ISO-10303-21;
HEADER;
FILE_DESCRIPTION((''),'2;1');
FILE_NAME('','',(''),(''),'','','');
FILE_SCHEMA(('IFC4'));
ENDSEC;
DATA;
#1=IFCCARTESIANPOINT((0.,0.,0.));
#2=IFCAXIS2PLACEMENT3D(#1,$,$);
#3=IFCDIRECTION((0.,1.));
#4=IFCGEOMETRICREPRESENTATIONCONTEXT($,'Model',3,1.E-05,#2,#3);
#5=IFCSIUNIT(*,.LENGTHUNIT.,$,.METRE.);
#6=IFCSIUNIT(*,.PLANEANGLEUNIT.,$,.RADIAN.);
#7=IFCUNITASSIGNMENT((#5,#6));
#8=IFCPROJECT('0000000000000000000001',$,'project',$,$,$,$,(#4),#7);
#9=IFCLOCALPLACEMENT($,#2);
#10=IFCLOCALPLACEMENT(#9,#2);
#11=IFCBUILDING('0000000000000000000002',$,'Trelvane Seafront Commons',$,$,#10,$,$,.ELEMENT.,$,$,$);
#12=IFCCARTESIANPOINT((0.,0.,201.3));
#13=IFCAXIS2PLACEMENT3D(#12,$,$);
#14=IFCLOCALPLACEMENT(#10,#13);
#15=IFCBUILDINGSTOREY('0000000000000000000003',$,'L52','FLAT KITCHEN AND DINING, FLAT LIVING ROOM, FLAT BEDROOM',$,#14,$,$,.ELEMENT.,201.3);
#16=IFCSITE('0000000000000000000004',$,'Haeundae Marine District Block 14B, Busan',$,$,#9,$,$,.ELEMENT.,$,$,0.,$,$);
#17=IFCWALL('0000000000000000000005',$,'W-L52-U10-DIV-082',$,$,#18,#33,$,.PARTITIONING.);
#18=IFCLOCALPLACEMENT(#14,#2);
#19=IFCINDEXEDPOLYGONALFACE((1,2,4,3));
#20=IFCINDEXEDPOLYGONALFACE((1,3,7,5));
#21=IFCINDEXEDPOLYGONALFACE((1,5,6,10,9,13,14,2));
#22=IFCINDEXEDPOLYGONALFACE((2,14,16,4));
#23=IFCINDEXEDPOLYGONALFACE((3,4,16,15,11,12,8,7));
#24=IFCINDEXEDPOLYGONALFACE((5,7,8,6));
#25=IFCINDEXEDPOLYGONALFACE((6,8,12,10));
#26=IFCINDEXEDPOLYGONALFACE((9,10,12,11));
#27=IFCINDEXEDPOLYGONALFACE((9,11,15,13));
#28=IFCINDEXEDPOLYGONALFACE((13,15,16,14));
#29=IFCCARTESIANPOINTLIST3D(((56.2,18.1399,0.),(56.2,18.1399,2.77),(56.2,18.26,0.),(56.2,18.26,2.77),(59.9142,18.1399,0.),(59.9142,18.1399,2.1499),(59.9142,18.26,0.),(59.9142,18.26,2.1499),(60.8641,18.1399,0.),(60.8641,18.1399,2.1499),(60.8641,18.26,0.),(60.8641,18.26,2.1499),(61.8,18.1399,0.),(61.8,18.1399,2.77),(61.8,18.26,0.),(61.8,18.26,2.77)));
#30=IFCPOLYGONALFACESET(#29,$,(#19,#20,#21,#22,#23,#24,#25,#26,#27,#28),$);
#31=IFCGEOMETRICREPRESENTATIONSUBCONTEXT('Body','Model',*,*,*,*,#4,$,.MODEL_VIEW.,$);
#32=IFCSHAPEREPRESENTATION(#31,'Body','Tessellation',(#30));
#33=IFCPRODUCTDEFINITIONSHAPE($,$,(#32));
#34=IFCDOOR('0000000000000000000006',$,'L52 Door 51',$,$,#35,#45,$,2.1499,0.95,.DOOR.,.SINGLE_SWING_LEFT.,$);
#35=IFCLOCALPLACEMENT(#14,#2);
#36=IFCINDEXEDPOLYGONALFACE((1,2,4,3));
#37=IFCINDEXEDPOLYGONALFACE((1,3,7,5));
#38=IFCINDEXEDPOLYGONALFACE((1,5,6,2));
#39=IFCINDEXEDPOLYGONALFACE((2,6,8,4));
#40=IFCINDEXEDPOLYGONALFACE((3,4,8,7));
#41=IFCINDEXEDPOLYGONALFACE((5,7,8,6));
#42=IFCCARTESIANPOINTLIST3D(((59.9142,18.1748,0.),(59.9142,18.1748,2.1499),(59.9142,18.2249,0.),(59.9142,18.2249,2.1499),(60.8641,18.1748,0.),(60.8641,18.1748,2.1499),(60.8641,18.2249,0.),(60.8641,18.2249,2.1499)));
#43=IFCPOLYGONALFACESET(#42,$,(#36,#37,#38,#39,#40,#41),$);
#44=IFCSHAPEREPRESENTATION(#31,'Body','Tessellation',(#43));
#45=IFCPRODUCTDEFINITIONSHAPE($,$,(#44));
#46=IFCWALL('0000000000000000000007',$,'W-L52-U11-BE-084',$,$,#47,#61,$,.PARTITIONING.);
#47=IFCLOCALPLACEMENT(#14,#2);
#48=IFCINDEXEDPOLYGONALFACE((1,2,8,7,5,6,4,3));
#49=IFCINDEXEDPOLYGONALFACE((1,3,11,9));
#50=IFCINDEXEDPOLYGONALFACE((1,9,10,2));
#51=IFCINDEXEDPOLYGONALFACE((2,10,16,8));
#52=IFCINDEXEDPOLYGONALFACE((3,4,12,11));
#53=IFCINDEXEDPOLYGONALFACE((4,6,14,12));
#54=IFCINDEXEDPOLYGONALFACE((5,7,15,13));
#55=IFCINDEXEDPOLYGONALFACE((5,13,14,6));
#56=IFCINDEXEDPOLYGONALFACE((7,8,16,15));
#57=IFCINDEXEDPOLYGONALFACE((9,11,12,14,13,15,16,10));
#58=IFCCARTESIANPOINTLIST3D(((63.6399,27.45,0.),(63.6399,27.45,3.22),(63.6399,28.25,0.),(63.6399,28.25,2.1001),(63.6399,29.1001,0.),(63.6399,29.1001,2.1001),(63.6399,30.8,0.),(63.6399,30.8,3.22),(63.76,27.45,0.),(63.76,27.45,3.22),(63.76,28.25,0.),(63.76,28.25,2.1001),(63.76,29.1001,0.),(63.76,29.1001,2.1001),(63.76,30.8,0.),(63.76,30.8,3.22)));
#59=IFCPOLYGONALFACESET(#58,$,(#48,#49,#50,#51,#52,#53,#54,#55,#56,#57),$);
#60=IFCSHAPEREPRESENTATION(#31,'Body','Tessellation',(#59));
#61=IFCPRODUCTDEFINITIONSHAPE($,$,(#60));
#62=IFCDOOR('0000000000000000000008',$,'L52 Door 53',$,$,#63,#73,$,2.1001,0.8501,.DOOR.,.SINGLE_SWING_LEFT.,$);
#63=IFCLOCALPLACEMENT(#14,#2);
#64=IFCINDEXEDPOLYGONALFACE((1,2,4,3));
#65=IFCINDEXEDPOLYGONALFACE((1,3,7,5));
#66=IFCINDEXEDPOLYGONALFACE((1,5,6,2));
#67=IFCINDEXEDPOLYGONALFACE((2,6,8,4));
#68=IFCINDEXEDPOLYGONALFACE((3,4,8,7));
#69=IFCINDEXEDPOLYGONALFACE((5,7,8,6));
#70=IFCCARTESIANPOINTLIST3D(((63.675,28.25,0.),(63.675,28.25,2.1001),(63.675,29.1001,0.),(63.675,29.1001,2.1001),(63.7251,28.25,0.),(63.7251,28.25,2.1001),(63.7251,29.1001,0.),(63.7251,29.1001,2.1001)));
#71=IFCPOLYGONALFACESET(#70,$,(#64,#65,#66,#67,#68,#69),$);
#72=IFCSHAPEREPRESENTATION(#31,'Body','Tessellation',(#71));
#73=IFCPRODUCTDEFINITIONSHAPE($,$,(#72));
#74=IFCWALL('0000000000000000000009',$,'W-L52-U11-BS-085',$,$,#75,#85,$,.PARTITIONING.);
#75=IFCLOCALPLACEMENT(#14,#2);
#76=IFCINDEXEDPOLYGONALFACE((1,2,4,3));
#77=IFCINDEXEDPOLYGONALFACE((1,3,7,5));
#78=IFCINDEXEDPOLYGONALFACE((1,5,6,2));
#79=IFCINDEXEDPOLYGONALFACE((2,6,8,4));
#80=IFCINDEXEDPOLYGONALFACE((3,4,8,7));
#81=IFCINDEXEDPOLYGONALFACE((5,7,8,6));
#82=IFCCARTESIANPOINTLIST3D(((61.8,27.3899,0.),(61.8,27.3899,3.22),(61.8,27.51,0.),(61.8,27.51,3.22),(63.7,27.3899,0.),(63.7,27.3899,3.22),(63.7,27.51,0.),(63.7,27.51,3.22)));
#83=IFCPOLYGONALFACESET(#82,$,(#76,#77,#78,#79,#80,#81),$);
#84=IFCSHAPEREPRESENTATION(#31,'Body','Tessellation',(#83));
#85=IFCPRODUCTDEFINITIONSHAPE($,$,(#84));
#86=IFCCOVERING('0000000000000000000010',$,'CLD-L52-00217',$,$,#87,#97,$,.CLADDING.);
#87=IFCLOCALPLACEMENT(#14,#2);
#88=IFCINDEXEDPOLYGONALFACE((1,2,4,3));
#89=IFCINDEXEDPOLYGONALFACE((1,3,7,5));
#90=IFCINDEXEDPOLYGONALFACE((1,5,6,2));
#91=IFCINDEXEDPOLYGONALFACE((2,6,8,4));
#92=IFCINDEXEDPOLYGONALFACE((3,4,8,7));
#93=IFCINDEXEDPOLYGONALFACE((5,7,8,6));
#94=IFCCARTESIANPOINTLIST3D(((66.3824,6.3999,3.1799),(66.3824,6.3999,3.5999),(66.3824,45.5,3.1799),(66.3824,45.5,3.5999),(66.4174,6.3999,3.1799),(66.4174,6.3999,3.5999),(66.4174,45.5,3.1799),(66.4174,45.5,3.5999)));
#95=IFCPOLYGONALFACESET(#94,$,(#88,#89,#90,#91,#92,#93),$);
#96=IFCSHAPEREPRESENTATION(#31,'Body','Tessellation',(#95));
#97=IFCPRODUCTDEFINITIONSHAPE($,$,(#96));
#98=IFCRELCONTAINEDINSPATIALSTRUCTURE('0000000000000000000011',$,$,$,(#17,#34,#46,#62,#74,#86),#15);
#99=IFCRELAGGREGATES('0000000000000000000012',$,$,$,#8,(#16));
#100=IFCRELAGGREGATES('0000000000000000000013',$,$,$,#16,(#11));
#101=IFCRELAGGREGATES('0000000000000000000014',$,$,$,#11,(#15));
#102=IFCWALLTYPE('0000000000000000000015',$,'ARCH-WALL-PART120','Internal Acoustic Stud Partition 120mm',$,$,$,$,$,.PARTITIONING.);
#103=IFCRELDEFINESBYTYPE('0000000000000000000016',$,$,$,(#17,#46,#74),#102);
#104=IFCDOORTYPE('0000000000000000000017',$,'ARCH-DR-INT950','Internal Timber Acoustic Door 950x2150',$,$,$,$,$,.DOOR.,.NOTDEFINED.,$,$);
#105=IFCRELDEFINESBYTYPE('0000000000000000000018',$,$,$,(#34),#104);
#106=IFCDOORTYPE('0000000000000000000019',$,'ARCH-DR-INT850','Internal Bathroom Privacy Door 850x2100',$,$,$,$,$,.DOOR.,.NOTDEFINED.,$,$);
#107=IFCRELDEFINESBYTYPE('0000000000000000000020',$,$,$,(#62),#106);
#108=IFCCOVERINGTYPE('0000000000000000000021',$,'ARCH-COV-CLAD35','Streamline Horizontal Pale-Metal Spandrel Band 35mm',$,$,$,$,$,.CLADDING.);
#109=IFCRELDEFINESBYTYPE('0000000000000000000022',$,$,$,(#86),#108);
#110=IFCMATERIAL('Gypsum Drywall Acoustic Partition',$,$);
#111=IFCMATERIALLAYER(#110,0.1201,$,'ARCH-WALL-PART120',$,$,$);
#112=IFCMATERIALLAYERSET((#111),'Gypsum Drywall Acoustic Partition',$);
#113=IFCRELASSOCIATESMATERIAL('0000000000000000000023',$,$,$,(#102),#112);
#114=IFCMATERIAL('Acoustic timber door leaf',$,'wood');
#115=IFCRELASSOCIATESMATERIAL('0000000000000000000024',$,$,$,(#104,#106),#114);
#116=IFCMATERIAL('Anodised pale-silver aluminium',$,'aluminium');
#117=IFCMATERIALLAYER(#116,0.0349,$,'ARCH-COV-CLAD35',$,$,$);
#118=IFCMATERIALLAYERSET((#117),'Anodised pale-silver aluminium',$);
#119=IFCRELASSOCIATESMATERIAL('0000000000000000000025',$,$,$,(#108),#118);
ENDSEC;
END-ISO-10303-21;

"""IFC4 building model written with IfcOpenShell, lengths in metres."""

from ifc_helpers import new_model, si_unit, direction, frame, frame_2d, origin, origin_2d, place, context, subcontext, project, spatial, rectangle, extrude, source, transform, mapped, material, layer, layer_set, type_object, element, fill, save


model = new_model("IFC4")

# Units and contexts
model_context = context("Model", 3, precision=1e-05, world=origin(), true_north=direction((0.0, 1.0)))
body_context = subcontext(model_context, "Body", "Model", "MODEL_VIEW")
ifc_project = project(units=[si_unit("LENGTHUNIT", "METRE"), si_unit("PLANEANGLEUNIT", "RADIAN")], contexts=[model_context])

# Site, building, storey
site_placement = place(None, origin())
site = spatial("IfcSite", under=ifc_project, at=site_placement, Name="Haeundae Marine District Block 14B, Busan", CompositionType="ELEMENT", RefElevation=0.0)
building_placement = place(site_placement, origin())
building = spatial("IfcBuilding", under=site, at=building_placement, Name="Trelvane Seafront Commons", CompositionType="ELEMENT")
storey_placement = place(building_placement, frame((0.0, 0.0, 201.3)))
storey = spatial("IfcBuildingStorey", under=building, at=storey_placement, Name="L52", Description="FLAT KITCHEN AND DINING, FLAT LIVING ROOM, FLAT BEDROOM", CompositionType="ELEMENT", Elevation=201.3)

# Shared definitions
ifc_material_1 = material(Name="Anodised pale-silver aluminium", Category="aluminium")

# Walls, openings, doors
ifc_material_2 = material(Name="Gypsum Drywall Acoustic Partition")
ifc_layer_1 = layer(ifc_material_2, 0.1201, Name="ARCH-WALL-PART120")
ifc_layer_set_1 = layer_set([ifc_layer_1], Name="Gypsum Drywall Acoustic Partition")
wall_type = type_object("IfcWallType", Name="ARCH-WALL-PART120", Description="Internal Acoustic Stud Partition 120mm", PredefinedType="PARTITIONING", material=ifc_layer_set_1)
ifc_material_3 = material(Name="Acoustic timber door leaf", Category="wood")
door_type_1 = type_object("IfcDoorType", Name="ARCH-DR-INT950", Description="Internal Timber Acoustic Door 950x2150", OperationType="NOTDEFINED", PredefinedType="DOOR", material=ifc_material_3)
shared_shape_1 = source(origin(), body_context, "Body", "SweptSolid", [
    extrude(rectangle(XDim=0.95, YDim=2.1499, at=frame_2d((0.4751, 1.075))), frame((0.0, 0.0249, 0.0), z_axis=(0.0, -1.0, 0.0), x_axis=(1.0, 0.0, 0.0)), (0.0, 0.0, 1.0), 0.05),
])
wall_1_placement = place(storey_placement, frame((56.2, 18.2, 0.0), z_axis=(0.0, 0.0, 1.0), x_axis=(1.0, 0.0, 0.0)))
wall_1 = element("IfcWall", 1, at=wall_1_placement, inside=storey, type_object=wall_type, Name="W-L52-U10-DIV-082", PredefinedType="PARTITIONING", context=body_context, shape_type="SweptSolid", body=[
    extrude(rectangle(XDim=5.6001, YDim=0.1201, at=frame_2d((2.8, 0.0))), origin(), (0.0, 0.0, 1.0), 2.77),
])
opening_1_placement = place(wall_1_placement, frame((3.7141, 0.0, 0.0)))
opening_1 = element("IfcOpeningElement", 2, at=opening_1_placement, cuts=wall_1, PredefinedType="OPENING", context=body_context, shape_type="SweptSolid", body=[
    extrude(rectangle(XDim=0.95, YDim=2.1499, at=frame_2d((0.4751, 1.075))), frame((0.0, 0.0701, 0.0), z_axis=(0.0, -1.0, 0.0), x_axis=(1.0, 0.0, 0.0)), (0.0, 0.0, 1.0), 0.1401),
])
door_1_placement = place(opening_1_placement, origin())
door_1 = element("IfcDoor", 3, at=door_1_placement, inside=storey, type_object=door_type_1, Name="L52 Door 51", OperationType="SINGLE_SWING_LEFT", OverallHeight=2.1499, OverallWidth=0.95, PredefinedType="DOOR", context=body_context, shape_type="MappedRepresentation", body=[
    mapped(shared_shape_1, transform((0.0, 0.0, 0.0), x_axis=(1.0, 0.0, 0.0), y_axis=(0.0, 1.0, 0.0), z_axis=(0.0, 0.0, 1.0), scale=1.0)),
])
fill(opening_1, door_1)
wall_2_placement = place(storey_placement, frame((63.7, 27.45, 0.0), z_axis=(0.0, 0.0, 1.0), x_axis=(0.0, 1.0, 0.0)))
wall_2 = element("IfcWall", 4, at=wall_2_placement, inside=storey, type_object=wall_type, Name="W-L52-U11-BE-084", PredefinedType="PARTITIONING", context=body_context, shape_type="SweptSolid", body=[
    extrude(rectangle(XDim=3.3501, YDim=0.1201, at=frame_2d((1.675, 0.0))), origin(), (0.0, 0.0, 1.0), 3.22),
])
opening_2_placement = place(wall_2_placement, frame((0.8, 0.0, 0.0)))
opening_2 = element("IfcOpeningElement", 5, at=opening_2_placement, cuts=wall_2, PredefinedType="OPENING", context=body_context, shape_type="SweptSolid", body=[
    extrude(rectangle(XDim=0.8501, YDim=2.1001, at=frame_2d((0.425, 1.05))), frame((0.0, 0.0701, 0.0), z_axis=(0.0, -1.0, 0.0), x_axis=(1.0, 0.0, 0.0)), (0.0, 0.0, 1.0), 0.1401),
])
door_type_2 = type_object("IfcDoorType", Name="ARCH-DR-INT850", Description="Internal Bathroom Privacy Door 850x2100", OperationType="NOTDEFINED", PredefinedType="DOOR", material=ifc_material_3)
shared_shape_2 = source(origin(), body_context, "Body", "SweptSolid", [
    extrude(rectangle(XDim=0.8501, YDim=2.1001, at=frame_2d((0.425, 1.05))), frame((0.0, 0.0249, 0.0), z_axis=(0.0, -1.0, 0.0), x_axis=(1.0, 0.0, 0.0)), (0.0, 0.0, 1.0), 0.05),
])
door_2_placement = place(opening_2_placement, origin())
door_2 = element("IfcDoor", 6, at=door_2_placement, inside=storey, type_object=door_type_2, Name="L52 Door 53", OperationType="SINGLE_SWING_LEFT", OverallHeight=2.1001, OverallWidth=0.8501, PredefinedType="DOOR", context=body_context, shape_type="MappedRepresentation", body=[
    mapped(shared_shape_2, transform((0.0, 0.0, 0.0), x_axis=(1.0, 0.0, 0.0), y_axis=(0.0, 1.0, 0.0), z_axis=(0.0, 0.0, 1.0), scale=1.0)),
])
fill(opening_2, door_2)

# Wall
wall_3_placement = place(storey_placement, frame((61.8, 27.45, 0.0), z_axis=(0.0, 0.0, 1.0), x_axis=(1.0, 0.0, 0.0)))
element("IfcWall", 7, at=wall_3_placement, inside=storey, type_object=wall_type, Name="W-L52-U11-BS-085", PredefinedType="PARTITIONING", context=body_context, shape_type="SweptSolid", body=[
    extrude(rectangle(XDim=1.8999, YDim=0.1201, at=frame_2d((0.95, 0.0))), origin(), (0.0, 0.0, 1.0), 3.22),
])

# Covering
ifc_layer_2 = layer(ifc_material_1, 0.0349, Name="ARCH-COV-CLAD35")
ifc_layer_set_2 = layer_set([ifc_layer_2], Name="Anodised pale-silver aluminium")
covering_type = type_object("IfcCoveringType", Name="ARCH-COV-CLAD35", Description="Streamline Horizontal Pale-Metal Spandrel Band 35mm", PredefinedType="CLADDING", material=ifc_layer_set_2)
shared_shape_3 = source(origin(), body_context, "Body", "SweptSolid", [
    extrude(rectangle(XDim=39.1001, YDim=0.0349, at=origin_2d()), origin(), (0.0, 0.0, 1.0), 0.4199),
])
covering_placement = place(storey_placement, frame((66.3999, 25.95, 3.1799), z_axis=(0.0, 0.0, 1.0), x_axis=(0.0, -1.0, 0.0)))
element("IfcCovering", 8, at=covering_placement, inside=storey, type_object=covering_type, Name="CLD-L52-00217", PredefinedType="CLADDING", context=body_context, shape_type="MappedRepresentation", body=[
    mapped(shared_shape_3, transform((0.0, 0.0, 0.0), x_axis=(1.0, 0.0, 0.0), y_axis=(0.0, 1.0, 0.0), z_axis=(0.0, 0.0, 1.0), scale=1.0)),
])

save(model, "model.ifc")
